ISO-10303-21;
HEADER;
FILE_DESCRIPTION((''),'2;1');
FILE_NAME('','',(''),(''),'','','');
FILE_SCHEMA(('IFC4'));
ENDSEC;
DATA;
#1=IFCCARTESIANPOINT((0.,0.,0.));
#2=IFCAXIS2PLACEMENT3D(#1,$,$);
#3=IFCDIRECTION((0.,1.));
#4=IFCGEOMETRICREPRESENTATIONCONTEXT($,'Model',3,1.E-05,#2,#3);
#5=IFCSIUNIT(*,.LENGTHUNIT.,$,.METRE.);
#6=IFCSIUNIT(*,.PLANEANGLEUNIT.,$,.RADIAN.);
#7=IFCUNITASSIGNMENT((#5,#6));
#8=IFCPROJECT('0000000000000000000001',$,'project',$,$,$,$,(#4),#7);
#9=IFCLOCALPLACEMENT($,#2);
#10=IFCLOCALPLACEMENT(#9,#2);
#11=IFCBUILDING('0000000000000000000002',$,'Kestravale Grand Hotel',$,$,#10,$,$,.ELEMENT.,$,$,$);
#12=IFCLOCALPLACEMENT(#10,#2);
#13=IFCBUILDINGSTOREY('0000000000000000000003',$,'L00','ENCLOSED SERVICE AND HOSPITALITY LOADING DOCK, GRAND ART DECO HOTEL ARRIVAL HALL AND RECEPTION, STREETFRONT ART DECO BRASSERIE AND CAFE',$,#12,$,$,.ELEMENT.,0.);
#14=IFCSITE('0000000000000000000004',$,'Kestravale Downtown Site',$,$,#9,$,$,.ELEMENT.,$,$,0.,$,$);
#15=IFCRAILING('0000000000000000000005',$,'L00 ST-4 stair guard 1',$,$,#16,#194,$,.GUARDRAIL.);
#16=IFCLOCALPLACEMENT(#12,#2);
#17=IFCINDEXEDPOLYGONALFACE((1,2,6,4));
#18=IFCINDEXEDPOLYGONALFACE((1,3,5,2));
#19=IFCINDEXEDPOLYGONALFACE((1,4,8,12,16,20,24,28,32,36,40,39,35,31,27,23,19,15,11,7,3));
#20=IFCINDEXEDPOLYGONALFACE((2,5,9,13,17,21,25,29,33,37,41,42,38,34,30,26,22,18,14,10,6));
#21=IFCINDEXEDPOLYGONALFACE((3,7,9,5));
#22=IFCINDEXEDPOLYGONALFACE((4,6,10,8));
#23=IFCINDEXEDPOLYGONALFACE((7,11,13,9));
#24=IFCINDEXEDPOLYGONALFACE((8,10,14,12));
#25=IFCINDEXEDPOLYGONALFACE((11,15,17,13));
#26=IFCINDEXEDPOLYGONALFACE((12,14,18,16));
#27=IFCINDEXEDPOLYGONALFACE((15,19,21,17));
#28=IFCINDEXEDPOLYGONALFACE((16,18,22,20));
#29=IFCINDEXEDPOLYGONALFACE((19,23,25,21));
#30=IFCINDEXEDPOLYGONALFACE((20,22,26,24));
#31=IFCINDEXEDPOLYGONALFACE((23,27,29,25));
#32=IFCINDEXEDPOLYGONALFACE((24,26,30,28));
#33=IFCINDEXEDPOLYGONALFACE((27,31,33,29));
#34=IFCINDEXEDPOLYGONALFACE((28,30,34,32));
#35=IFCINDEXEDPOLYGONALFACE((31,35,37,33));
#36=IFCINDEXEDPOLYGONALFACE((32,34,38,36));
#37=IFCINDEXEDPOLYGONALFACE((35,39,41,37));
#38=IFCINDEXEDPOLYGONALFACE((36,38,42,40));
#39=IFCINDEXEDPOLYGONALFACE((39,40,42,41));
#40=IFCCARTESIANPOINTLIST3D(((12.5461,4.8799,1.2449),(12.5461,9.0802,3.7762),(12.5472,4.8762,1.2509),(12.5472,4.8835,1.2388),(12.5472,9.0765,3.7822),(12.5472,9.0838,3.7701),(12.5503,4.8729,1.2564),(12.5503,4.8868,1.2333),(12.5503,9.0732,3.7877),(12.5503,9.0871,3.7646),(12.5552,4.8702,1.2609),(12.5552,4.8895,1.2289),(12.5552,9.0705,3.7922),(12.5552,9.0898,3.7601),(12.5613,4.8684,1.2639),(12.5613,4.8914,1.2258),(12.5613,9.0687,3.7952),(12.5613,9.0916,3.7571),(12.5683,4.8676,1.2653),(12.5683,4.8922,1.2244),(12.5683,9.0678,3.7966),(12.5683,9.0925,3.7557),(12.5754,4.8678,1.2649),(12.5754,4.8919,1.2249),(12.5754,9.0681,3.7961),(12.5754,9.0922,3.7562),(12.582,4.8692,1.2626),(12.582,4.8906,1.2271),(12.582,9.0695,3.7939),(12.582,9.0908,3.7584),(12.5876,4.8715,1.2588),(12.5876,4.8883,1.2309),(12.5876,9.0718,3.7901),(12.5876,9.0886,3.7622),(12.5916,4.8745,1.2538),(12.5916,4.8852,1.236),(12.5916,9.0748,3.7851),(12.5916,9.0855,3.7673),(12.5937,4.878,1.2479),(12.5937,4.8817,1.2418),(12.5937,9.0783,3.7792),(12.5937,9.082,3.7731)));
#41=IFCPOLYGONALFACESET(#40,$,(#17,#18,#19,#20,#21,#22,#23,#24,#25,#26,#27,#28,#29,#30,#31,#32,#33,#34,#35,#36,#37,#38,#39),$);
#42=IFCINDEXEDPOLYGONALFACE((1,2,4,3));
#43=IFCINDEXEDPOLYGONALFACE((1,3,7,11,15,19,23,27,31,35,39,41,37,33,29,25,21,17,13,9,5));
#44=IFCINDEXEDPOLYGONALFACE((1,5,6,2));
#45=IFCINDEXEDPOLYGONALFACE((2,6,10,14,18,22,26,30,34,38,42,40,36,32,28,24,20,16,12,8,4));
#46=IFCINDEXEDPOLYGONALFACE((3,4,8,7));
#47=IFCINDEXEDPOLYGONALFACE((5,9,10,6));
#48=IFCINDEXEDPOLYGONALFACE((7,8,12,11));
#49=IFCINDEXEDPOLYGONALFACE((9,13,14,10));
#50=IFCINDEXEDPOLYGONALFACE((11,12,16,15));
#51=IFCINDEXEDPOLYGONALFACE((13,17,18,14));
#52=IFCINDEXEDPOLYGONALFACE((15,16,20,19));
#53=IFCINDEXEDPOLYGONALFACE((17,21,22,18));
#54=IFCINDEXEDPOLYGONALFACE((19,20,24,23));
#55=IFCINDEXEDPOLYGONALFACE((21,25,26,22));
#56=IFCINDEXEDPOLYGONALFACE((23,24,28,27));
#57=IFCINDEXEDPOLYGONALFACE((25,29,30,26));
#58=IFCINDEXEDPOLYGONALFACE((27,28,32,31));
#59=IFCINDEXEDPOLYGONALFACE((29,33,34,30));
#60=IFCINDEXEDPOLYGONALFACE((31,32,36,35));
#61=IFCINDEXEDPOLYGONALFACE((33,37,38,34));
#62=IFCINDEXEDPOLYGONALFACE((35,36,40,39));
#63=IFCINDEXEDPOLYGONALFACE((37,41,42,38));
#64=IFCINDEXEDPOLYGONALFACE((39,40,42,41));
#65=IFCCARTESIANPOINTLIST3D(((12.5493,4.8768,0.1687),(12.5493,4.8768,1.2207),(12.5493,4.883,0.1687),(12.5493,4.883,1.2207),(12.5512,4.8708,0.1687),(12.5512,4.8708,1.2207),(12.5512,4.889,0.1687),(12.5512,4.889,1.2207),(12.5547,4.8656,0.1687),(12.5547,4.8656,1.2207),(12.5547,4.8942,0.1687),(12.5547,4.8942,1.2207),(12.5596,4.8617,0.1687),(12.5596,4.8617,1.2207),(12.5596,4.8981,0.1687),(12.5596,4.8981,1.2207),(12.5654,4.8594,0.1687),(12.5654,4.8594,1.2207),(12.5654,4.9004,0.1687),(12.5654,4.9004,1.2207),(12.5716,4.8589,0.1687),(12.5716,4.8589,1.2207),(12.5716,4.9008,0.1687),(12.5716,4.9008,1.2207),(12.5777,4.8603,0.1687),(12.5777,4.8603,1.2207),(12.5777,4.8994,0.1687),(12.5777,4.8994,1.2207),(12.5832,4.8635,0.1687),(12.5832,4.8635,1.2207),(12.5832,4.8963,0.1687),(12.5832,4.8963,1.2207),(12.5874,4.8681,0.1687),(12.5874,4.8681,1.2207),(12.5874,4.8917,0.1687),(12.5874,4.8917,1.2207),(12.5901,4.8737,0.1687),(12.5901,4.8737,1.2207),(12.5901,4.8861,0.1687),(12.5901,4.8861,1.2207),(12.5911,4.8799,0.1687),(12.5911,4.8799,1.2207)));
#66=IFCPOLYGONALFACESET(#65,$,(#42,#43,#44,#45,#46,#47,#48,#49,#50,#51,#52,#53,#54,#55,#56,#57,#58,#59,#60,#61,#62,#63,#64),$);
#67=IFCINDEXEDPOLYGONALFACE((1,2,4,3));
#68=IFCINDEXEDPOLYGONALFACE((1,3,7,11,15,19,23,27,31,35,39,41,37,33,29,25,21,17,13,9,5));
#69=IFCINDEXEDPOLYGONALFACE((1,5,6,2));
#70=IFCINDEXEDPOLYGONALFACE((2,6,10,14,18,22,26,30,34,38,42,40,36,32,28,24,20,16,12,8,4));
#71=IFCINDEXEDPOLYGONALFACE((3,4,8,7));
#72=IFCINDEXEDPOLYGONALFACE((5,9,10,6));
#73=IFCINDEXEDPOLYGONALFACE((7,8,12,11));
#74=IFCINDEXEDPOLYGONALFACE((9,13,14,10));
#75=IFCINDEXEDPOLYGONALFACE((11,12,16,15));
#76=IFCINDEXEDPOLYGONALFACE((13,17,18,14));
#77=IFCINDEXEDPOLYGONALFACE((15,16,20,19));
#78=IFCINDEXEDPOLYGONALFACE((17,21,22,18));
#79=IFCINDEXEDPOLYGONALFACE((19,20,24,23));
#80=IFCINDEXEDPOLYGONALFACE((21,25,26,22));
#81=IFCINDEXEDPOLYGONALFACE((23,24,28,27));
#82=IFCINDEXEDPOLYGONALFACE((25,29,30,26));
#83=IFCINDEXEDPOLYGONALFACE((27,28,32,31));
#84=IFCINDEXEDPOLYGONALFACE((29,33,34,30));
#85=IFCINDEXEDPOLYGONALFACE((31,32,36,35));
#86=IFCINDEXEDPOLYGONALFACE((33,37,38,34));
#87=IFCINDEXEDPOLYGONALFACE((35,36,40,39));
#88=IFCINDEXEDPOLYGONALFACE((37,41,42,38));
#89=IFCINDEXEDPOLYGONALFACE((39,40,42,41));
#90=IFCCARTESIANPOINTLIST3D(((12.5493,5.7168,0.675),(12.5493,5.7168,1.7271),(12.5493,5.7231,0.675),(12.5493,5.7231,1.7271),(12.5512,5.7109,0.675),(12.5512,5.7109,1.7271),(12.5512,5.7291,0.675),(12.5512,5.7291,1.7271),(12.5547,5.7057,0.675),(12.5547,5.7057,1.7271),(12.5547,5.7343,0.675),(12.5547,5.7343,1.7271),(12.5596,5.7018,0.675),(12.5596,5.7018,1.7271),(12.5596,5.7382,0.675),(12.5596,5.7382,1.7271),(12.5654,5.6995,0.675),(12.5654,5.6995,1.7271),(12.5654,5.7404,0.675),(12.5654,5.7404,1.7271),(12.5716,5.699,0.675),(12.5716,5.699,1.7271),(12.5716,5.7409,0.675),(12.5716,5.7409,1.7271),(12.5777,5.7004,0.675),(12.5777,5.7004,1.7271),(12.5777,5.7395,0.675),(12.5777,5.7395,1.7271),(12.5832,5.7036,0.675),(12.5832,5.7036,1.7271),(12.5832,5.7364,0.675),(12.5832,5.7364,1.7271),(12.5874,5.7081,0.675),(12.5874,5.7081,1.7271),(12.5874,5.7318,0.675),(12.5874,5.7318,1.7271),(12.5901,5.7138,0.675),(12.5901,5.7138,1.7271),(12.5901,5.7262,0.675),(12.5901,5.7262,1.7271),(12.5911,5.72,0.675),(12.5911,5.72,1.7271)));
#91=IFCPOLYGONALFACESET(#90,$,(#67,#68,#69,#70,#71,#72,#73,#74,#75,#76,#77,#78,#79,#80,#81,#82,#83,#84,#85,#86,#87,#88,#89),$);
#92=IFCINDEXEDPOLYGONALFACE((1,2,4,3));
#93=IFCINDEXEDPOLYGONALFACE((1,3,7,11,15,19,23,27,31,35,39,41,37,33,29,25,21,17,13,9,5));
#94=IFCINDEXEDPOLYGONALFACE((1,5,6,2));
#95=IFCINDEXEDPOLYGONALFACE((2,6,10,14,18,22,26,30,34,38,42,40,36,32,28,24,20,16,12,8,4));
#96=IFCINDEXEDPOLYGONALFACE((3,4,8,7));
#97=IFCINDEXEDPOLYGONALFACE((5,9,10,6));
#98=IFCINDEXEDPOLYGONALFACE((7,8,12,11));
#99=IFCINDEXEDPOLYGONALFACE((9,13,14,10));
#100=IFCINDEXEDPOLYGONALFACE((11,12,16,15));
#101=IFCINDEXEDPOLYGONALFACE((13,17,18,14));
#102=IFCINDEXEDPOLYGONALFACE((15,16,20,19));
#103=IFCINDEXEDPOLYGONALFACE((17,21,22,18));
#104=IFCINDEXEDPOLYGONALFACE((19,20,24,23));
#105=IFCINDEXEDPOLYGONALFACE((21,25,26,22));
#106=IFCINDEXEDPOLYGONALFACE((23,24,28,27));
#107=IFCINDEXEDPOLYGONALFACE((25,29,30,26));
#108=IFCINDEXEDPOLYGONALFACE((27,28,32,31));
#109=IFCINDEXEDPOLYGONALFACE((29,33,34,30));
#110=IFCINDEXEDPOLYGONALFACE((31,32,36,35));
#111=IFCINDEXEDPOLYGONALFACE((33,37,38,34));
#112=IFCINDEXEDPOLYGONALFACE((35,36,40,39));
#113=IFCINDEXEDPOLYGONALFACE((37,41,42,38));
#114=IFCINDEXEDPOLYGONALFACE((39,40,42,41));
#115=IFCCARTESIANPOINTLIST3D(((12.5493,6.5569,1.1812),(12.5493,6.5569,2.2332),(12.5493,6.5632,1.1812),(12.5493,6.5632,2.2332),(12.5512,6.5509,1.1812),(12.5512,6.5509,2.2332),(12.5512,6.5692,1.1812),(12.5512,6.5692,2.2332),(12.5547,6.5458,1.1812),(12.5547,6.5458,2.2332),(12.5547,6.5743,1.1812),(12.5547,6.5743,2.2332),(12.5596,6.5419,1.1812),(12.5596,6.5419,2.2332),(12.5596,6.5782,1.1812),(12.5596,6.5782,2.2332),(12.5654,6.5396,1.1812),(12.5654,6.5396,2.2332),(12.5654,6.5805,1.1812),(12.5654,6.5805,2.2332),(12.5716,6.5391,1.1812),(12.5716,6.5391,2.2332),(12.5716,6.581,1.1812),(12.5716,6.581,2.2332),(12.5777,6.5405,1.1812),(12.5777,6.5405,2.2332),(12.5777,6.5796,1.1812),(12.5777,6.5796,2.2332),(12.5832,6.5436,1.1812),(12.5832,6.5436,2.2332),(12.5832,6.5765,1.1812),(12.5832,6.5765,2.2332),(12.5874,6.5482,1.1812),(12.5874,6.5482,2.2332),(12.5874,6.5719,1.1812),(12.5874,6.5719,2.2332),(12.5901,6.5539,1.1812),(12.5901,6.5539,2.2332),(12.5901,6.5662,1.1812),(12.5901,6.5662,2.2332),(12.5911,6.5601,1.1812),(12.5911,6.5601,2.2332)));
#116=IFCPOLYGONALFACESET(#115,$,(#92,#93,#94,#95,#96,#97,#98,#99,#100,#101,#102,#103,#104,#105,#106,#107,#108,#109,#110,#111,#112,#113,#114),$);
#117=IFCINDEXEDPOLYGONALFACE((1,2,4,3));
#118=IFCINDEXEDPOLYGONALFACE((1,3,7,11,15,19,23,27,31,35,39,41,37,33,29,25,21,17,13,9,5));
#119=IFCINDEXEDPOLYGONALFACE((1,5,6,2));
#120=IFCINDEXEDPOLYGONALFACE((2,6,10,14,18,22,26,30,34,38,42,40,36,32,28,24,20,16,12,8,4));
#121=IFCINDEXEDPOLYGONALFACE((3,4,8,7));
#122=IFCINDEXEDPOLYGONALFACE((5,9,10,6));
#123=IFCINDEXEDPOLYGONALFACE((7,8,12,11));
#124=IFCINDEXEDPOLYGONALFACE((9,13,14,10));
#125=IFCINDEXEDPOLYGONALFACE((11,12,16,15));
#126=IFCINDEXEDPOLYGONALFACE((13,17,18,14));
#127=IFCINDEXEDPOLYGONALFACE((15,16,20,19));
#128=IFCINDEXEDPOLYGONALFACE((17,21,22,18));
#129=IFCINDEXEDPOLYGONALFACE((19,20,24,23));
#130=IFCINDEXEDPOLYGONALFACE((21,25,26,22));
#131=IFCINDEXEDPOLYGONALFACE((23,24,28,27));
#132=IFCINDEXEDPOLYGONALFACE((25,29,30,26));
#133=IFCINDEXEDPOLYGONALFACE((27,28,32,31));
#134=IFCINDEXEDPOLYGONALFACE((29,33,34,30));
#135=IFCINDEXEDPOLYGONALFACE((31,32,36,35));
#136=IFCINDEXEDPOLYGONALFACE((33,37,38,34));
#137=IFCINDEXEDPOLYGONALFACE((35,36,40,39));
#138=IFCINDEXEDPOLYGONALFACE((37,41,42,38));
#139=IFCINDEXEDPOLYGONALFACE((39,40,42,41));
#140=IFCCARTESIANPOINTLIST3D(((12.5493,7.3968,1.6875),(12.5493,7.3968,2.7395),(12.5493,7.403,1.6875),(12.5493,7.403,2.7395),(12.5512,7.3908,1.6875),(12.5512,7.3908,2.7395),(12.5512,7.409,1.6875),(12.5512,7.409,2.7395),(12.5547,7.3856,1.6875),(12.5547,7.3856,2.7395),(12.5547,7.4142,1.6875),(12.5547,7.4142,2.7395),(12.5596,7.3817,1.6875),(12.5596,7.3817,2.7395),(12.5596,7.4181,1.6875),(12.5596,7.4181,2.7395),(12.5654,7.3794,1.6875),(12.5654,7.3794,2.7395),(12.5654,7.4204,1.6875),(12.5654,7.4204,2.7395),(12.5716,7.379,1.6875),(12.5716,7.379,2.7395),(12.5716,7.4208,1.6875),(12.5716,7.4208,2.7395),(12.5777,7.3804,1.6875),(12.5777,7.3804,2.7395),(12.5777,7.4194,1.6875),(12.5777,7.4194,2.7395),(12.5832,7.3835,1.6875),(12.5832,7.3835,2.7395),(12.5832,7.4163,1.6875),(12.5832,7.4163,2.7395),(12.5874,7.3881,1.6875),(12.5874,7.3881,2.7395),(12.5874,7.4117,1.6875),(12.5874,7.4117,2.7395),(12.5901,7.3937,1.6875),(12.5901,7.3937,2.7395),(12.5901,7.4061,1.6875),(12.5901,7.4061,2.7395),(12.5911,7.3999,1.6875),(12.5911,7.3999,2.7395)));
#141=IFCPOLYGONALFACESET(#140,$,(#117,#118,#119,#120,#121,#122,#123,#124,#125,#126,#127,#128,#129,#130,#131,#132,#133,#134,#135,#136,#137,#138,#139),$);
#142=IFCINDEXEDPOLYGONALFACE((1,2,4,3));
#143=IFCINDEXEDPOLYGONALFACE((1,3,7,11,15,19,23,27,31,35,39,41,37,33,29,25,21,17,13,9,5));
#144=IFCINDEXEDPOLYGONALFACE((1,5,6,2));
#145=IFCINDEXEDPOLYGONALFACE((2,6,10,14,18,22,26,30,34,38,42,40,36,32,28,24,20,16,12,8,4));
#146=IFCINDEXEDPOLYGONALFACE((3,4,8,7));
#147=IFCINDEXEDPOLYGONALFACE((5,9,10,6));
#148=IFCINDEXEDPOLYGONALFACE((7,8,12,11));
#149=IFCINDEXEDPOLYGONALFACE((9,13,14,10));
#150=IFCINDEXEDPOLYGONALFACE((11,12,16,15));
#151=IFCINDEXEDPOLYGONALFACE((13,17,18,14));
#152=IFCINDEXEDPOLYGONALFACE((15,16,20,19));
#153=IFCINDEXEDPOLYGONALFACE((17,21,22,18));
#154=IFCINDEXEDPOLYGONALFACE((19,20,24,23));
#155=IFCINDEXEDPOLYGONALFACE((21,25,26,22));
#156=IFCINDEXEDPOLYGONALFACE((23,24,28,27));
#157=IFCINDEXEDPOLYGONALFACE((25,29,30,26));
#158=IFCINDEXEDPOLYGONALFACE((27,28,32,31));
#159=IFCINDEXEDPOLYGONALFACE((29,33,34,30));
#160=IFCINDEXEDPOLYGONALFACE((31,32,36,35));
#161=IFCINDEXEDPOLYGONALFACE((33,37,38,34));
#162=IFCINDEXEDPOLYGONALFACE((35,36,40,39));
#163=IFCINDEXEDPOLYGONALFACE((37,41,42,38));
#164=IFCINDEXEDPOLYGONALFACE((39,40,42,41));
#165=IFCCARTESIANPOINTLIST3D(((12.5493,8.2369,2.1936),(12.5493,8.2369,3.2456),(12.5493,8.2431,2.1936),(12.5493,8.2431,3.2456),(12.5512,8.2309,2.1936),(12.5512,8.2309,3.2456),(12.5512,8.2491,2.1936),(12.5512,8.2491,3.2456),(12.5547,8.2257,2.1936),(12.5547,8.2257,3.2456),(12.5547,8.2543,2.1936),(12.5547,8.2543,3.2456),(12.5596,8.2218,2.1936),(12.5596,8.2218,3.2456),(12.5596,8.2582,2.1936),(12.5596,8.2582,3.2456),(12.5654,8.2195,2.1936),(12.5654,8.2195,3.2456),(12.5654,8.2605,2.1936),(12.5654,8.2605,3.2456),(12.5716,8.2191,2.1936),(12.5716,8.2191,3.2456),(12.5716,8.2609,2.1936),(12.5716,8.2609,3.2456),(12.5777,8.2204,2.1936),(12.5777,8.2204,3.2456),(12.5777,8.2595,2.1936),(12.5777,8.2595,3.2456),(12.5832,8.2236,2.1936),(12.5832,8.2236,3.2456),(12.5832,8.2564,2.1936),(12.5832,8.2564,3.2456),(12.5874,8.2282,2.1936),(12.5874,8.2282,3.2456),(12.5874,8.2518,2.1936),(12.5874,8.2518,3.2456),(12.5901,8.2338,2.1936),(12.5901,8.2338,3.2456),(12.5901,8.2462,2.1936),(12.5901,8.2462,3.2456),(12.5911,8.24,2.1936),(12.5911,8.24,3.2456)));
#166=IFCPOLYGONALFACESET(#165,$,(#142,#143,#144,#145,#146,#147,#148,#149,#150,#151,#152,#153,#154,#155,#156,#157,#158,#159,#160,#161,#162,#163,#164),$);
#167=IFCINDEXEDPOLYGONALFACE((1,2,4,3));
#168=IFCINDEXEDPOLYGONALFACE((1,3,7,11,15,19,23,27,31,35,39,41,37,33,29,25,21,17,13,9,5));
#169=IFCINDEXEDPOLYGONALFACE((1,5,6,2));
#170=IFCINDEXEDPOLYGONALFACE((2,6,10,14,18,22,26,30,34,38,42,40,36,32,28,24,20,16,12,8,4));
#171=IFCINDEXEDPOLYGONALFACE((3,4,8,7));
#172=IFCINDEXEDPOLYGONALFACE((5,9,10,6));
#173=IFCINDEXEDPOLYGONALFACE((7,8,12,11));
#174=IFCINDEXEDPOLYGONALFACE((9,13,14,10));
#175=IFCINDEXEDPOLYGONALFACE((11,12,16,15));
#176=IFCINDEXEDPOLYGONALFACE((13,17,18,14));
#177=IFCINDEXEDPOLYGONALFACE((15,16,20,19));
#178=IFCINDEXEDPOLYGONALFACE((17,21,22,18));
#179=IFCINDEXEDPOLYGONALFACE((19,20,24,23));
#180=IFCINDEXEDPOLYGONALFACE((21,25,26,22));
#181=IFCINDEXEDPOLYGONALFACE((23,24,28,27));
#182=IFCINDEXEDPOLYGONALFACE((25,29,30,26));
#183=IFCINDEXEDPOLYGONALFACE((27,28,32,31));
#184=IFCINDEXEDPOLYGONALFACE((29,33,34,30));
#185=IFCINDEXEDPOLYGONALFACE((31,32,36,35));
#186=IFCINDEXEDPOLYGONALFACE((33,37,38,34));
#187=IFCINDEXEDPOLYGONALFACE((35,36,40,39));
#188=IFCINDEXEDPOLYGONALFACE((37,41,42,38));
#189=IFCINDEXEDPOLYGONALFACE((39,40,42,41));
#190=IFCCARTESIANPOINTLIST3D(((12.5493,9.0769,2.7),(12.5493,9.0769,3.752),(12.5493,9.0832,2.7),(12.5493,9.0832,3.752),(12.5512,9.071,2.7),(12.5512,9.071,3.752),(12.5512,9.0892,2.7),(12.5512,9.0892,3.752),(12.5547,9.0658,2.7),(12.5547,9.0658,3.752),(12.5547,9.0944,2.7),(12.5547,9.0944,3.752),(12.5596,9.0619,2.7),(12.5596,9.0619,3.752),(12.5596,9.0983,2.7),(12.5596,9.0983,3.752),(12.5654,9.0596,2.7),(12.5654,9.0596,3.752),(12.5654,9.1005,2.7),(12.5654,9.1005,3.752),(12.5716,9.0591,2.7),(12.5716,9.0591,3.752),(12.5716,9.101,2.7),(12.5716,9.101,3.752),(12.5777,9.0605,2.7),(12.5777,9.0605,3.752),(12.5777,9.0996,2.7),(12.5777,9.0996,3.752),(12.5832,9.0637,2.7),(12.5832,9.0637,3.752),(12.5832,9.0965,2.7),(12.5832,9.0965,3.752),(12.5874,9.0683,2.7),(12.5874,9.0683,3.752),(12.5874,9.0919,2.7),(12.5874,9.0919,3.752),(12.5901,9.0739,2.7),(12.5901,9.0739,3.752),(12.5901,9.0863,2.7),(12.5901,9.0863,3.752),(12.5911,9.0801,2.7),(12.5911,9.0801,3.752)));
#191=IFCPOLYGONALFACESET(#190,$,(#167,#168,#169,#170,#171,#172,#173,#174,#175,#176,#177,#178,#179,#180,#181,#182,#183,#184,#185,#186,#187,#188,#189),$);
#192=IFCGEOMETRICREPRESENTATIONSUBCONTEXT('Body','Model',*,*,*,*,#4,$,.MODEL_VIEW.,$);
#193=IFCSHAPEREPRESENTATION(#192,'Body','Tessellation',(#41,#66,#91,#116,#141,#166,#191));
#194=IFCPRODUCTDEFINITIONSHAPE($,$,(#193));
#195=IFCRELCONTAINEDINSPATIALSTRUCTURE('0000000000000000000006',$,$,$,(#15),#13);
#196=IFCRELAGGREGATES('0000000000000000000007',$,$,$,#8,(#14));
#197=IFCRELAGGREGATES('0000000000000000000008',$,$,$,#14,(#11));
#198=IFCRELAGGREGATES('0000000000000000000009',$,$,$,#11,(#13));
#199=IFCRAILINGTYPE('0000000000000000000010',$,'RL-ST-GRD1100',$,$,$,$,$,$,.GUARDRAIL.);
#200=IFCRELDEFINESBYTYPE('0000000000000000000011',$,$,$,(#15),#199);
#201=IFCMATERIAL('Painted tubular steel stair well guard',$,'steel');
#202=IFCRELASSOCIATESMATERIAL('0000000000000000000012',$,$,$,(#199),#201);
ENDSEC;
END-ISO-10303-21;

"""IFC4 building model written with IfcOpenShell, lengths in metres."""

from ifc_helpers import new_model, si_unit, direction, frame, origin, origin_2d, place, context, subcontext, project, spatial, circle, extrude, material, type_object, element, save


model = new_model("IFC4")

# Units and contexts
model_context = context("Model", 3, precision=1e-05, world=origin(), true_north=direction((0.0, 1.0)))
body_context = subcontext(model_context, "Body", "Model", "MODEL_VIEW")
ifc_project = project(units=[si_unit("LENGTHUNIT", "METRE"), si_unit("PLANEANGLEUNIT", "RADIAN")], contexts=[model_context])

# Site, building, storey
site_placement = place(None, origin())
site = spatial("IfcSite", under=ifc_project, at=site_placement, Name="Kestravale Downtown Site", CompositionType="ELEMENT", RefElevation=0.0)
building_placement = place(site_placement, origin())
building = spatial("IfcBuilding", under=site, at=building_placement, Name="Kestravale Grand Hotel", CompositionType="ELEMENT")
storey_placement = place(building_placement, origin())
storey = spatial("IfcBuildingStorey", under=building, at=storey_placement, Name="L00", Description="ENCLOSED SERVICE AND HOSPITALITY LOADING DOCK, GRAND ART DECO HOTEL ARRIVAL HALL AND RECEPTION, STREETFRONT ART DECO BRASSERIE AND CAFE", CompositionType="ELEMENT", Elevation=0.0)

# Railing
ifc_material_1 = material(Name="Painted tubular steel stair well guard", Category="steel")
railing_type_1 = type_object("IfcRailingType", Name="RL-ST-GRD1100", PredefinedType="GUARDRAIL", material=ifc_material_1)
railing_1_placement = place(storey_placement, frame((12.5701, 4.8799, 0.1687)))
element("IfcRailing", 1, at=railing_1_placement, inside=storey, type_object=railing_type_1, Name="L00 ST-4 stair guard 1", PredefinedType="GUARDRAIL", context=body_context, shape_type="SweptSolid", body=[
    extrude(circle(Radius=0.0239, at=origin_2d()), frame((0.0, 0.0, 1.0762), z_axis=(0.0, 0.85649, 0.516164), x_axis=(-1.0, 0.0, 0.0)), (0.0, 0.0, 1.0), 4.9041),
    extrude(circle(Radius=0.021, at=origin_2d()), origin(), (0.0, 0.0, 1.0), 1.052),
    extrude(circle(Radius=0.021, at=origin_2d()), frame((0.0, 0.8401, 0.5063)), (0.0, 0.0, 1.0), 1.052),
    extrude(circle(Radius=0.021, at=origin_2d()), frame((0.0, 1.6802, 1.0125)), (0.0, 0.0, 1.0), 1.052),
    extrude(circle(Radius=0.021, at=origin_2d()), frame((0.0, 2.52, 1.5188)), (0.0, 0.0, 1.0), 1.052),
    extrude(circle(Radius=0.021, at=origin_2d()), frame((0.0, 3.3601, 2.0249)), (0.0, 0.0, 1.0), 1.052),
    extrude(circle(Radius=0.021, at=origin_2d()), frame((0.0, 4.2002, 2.5312)), (0.0, 0.0, 1.0), 1.052),
])

save(model, "model.ifc")
